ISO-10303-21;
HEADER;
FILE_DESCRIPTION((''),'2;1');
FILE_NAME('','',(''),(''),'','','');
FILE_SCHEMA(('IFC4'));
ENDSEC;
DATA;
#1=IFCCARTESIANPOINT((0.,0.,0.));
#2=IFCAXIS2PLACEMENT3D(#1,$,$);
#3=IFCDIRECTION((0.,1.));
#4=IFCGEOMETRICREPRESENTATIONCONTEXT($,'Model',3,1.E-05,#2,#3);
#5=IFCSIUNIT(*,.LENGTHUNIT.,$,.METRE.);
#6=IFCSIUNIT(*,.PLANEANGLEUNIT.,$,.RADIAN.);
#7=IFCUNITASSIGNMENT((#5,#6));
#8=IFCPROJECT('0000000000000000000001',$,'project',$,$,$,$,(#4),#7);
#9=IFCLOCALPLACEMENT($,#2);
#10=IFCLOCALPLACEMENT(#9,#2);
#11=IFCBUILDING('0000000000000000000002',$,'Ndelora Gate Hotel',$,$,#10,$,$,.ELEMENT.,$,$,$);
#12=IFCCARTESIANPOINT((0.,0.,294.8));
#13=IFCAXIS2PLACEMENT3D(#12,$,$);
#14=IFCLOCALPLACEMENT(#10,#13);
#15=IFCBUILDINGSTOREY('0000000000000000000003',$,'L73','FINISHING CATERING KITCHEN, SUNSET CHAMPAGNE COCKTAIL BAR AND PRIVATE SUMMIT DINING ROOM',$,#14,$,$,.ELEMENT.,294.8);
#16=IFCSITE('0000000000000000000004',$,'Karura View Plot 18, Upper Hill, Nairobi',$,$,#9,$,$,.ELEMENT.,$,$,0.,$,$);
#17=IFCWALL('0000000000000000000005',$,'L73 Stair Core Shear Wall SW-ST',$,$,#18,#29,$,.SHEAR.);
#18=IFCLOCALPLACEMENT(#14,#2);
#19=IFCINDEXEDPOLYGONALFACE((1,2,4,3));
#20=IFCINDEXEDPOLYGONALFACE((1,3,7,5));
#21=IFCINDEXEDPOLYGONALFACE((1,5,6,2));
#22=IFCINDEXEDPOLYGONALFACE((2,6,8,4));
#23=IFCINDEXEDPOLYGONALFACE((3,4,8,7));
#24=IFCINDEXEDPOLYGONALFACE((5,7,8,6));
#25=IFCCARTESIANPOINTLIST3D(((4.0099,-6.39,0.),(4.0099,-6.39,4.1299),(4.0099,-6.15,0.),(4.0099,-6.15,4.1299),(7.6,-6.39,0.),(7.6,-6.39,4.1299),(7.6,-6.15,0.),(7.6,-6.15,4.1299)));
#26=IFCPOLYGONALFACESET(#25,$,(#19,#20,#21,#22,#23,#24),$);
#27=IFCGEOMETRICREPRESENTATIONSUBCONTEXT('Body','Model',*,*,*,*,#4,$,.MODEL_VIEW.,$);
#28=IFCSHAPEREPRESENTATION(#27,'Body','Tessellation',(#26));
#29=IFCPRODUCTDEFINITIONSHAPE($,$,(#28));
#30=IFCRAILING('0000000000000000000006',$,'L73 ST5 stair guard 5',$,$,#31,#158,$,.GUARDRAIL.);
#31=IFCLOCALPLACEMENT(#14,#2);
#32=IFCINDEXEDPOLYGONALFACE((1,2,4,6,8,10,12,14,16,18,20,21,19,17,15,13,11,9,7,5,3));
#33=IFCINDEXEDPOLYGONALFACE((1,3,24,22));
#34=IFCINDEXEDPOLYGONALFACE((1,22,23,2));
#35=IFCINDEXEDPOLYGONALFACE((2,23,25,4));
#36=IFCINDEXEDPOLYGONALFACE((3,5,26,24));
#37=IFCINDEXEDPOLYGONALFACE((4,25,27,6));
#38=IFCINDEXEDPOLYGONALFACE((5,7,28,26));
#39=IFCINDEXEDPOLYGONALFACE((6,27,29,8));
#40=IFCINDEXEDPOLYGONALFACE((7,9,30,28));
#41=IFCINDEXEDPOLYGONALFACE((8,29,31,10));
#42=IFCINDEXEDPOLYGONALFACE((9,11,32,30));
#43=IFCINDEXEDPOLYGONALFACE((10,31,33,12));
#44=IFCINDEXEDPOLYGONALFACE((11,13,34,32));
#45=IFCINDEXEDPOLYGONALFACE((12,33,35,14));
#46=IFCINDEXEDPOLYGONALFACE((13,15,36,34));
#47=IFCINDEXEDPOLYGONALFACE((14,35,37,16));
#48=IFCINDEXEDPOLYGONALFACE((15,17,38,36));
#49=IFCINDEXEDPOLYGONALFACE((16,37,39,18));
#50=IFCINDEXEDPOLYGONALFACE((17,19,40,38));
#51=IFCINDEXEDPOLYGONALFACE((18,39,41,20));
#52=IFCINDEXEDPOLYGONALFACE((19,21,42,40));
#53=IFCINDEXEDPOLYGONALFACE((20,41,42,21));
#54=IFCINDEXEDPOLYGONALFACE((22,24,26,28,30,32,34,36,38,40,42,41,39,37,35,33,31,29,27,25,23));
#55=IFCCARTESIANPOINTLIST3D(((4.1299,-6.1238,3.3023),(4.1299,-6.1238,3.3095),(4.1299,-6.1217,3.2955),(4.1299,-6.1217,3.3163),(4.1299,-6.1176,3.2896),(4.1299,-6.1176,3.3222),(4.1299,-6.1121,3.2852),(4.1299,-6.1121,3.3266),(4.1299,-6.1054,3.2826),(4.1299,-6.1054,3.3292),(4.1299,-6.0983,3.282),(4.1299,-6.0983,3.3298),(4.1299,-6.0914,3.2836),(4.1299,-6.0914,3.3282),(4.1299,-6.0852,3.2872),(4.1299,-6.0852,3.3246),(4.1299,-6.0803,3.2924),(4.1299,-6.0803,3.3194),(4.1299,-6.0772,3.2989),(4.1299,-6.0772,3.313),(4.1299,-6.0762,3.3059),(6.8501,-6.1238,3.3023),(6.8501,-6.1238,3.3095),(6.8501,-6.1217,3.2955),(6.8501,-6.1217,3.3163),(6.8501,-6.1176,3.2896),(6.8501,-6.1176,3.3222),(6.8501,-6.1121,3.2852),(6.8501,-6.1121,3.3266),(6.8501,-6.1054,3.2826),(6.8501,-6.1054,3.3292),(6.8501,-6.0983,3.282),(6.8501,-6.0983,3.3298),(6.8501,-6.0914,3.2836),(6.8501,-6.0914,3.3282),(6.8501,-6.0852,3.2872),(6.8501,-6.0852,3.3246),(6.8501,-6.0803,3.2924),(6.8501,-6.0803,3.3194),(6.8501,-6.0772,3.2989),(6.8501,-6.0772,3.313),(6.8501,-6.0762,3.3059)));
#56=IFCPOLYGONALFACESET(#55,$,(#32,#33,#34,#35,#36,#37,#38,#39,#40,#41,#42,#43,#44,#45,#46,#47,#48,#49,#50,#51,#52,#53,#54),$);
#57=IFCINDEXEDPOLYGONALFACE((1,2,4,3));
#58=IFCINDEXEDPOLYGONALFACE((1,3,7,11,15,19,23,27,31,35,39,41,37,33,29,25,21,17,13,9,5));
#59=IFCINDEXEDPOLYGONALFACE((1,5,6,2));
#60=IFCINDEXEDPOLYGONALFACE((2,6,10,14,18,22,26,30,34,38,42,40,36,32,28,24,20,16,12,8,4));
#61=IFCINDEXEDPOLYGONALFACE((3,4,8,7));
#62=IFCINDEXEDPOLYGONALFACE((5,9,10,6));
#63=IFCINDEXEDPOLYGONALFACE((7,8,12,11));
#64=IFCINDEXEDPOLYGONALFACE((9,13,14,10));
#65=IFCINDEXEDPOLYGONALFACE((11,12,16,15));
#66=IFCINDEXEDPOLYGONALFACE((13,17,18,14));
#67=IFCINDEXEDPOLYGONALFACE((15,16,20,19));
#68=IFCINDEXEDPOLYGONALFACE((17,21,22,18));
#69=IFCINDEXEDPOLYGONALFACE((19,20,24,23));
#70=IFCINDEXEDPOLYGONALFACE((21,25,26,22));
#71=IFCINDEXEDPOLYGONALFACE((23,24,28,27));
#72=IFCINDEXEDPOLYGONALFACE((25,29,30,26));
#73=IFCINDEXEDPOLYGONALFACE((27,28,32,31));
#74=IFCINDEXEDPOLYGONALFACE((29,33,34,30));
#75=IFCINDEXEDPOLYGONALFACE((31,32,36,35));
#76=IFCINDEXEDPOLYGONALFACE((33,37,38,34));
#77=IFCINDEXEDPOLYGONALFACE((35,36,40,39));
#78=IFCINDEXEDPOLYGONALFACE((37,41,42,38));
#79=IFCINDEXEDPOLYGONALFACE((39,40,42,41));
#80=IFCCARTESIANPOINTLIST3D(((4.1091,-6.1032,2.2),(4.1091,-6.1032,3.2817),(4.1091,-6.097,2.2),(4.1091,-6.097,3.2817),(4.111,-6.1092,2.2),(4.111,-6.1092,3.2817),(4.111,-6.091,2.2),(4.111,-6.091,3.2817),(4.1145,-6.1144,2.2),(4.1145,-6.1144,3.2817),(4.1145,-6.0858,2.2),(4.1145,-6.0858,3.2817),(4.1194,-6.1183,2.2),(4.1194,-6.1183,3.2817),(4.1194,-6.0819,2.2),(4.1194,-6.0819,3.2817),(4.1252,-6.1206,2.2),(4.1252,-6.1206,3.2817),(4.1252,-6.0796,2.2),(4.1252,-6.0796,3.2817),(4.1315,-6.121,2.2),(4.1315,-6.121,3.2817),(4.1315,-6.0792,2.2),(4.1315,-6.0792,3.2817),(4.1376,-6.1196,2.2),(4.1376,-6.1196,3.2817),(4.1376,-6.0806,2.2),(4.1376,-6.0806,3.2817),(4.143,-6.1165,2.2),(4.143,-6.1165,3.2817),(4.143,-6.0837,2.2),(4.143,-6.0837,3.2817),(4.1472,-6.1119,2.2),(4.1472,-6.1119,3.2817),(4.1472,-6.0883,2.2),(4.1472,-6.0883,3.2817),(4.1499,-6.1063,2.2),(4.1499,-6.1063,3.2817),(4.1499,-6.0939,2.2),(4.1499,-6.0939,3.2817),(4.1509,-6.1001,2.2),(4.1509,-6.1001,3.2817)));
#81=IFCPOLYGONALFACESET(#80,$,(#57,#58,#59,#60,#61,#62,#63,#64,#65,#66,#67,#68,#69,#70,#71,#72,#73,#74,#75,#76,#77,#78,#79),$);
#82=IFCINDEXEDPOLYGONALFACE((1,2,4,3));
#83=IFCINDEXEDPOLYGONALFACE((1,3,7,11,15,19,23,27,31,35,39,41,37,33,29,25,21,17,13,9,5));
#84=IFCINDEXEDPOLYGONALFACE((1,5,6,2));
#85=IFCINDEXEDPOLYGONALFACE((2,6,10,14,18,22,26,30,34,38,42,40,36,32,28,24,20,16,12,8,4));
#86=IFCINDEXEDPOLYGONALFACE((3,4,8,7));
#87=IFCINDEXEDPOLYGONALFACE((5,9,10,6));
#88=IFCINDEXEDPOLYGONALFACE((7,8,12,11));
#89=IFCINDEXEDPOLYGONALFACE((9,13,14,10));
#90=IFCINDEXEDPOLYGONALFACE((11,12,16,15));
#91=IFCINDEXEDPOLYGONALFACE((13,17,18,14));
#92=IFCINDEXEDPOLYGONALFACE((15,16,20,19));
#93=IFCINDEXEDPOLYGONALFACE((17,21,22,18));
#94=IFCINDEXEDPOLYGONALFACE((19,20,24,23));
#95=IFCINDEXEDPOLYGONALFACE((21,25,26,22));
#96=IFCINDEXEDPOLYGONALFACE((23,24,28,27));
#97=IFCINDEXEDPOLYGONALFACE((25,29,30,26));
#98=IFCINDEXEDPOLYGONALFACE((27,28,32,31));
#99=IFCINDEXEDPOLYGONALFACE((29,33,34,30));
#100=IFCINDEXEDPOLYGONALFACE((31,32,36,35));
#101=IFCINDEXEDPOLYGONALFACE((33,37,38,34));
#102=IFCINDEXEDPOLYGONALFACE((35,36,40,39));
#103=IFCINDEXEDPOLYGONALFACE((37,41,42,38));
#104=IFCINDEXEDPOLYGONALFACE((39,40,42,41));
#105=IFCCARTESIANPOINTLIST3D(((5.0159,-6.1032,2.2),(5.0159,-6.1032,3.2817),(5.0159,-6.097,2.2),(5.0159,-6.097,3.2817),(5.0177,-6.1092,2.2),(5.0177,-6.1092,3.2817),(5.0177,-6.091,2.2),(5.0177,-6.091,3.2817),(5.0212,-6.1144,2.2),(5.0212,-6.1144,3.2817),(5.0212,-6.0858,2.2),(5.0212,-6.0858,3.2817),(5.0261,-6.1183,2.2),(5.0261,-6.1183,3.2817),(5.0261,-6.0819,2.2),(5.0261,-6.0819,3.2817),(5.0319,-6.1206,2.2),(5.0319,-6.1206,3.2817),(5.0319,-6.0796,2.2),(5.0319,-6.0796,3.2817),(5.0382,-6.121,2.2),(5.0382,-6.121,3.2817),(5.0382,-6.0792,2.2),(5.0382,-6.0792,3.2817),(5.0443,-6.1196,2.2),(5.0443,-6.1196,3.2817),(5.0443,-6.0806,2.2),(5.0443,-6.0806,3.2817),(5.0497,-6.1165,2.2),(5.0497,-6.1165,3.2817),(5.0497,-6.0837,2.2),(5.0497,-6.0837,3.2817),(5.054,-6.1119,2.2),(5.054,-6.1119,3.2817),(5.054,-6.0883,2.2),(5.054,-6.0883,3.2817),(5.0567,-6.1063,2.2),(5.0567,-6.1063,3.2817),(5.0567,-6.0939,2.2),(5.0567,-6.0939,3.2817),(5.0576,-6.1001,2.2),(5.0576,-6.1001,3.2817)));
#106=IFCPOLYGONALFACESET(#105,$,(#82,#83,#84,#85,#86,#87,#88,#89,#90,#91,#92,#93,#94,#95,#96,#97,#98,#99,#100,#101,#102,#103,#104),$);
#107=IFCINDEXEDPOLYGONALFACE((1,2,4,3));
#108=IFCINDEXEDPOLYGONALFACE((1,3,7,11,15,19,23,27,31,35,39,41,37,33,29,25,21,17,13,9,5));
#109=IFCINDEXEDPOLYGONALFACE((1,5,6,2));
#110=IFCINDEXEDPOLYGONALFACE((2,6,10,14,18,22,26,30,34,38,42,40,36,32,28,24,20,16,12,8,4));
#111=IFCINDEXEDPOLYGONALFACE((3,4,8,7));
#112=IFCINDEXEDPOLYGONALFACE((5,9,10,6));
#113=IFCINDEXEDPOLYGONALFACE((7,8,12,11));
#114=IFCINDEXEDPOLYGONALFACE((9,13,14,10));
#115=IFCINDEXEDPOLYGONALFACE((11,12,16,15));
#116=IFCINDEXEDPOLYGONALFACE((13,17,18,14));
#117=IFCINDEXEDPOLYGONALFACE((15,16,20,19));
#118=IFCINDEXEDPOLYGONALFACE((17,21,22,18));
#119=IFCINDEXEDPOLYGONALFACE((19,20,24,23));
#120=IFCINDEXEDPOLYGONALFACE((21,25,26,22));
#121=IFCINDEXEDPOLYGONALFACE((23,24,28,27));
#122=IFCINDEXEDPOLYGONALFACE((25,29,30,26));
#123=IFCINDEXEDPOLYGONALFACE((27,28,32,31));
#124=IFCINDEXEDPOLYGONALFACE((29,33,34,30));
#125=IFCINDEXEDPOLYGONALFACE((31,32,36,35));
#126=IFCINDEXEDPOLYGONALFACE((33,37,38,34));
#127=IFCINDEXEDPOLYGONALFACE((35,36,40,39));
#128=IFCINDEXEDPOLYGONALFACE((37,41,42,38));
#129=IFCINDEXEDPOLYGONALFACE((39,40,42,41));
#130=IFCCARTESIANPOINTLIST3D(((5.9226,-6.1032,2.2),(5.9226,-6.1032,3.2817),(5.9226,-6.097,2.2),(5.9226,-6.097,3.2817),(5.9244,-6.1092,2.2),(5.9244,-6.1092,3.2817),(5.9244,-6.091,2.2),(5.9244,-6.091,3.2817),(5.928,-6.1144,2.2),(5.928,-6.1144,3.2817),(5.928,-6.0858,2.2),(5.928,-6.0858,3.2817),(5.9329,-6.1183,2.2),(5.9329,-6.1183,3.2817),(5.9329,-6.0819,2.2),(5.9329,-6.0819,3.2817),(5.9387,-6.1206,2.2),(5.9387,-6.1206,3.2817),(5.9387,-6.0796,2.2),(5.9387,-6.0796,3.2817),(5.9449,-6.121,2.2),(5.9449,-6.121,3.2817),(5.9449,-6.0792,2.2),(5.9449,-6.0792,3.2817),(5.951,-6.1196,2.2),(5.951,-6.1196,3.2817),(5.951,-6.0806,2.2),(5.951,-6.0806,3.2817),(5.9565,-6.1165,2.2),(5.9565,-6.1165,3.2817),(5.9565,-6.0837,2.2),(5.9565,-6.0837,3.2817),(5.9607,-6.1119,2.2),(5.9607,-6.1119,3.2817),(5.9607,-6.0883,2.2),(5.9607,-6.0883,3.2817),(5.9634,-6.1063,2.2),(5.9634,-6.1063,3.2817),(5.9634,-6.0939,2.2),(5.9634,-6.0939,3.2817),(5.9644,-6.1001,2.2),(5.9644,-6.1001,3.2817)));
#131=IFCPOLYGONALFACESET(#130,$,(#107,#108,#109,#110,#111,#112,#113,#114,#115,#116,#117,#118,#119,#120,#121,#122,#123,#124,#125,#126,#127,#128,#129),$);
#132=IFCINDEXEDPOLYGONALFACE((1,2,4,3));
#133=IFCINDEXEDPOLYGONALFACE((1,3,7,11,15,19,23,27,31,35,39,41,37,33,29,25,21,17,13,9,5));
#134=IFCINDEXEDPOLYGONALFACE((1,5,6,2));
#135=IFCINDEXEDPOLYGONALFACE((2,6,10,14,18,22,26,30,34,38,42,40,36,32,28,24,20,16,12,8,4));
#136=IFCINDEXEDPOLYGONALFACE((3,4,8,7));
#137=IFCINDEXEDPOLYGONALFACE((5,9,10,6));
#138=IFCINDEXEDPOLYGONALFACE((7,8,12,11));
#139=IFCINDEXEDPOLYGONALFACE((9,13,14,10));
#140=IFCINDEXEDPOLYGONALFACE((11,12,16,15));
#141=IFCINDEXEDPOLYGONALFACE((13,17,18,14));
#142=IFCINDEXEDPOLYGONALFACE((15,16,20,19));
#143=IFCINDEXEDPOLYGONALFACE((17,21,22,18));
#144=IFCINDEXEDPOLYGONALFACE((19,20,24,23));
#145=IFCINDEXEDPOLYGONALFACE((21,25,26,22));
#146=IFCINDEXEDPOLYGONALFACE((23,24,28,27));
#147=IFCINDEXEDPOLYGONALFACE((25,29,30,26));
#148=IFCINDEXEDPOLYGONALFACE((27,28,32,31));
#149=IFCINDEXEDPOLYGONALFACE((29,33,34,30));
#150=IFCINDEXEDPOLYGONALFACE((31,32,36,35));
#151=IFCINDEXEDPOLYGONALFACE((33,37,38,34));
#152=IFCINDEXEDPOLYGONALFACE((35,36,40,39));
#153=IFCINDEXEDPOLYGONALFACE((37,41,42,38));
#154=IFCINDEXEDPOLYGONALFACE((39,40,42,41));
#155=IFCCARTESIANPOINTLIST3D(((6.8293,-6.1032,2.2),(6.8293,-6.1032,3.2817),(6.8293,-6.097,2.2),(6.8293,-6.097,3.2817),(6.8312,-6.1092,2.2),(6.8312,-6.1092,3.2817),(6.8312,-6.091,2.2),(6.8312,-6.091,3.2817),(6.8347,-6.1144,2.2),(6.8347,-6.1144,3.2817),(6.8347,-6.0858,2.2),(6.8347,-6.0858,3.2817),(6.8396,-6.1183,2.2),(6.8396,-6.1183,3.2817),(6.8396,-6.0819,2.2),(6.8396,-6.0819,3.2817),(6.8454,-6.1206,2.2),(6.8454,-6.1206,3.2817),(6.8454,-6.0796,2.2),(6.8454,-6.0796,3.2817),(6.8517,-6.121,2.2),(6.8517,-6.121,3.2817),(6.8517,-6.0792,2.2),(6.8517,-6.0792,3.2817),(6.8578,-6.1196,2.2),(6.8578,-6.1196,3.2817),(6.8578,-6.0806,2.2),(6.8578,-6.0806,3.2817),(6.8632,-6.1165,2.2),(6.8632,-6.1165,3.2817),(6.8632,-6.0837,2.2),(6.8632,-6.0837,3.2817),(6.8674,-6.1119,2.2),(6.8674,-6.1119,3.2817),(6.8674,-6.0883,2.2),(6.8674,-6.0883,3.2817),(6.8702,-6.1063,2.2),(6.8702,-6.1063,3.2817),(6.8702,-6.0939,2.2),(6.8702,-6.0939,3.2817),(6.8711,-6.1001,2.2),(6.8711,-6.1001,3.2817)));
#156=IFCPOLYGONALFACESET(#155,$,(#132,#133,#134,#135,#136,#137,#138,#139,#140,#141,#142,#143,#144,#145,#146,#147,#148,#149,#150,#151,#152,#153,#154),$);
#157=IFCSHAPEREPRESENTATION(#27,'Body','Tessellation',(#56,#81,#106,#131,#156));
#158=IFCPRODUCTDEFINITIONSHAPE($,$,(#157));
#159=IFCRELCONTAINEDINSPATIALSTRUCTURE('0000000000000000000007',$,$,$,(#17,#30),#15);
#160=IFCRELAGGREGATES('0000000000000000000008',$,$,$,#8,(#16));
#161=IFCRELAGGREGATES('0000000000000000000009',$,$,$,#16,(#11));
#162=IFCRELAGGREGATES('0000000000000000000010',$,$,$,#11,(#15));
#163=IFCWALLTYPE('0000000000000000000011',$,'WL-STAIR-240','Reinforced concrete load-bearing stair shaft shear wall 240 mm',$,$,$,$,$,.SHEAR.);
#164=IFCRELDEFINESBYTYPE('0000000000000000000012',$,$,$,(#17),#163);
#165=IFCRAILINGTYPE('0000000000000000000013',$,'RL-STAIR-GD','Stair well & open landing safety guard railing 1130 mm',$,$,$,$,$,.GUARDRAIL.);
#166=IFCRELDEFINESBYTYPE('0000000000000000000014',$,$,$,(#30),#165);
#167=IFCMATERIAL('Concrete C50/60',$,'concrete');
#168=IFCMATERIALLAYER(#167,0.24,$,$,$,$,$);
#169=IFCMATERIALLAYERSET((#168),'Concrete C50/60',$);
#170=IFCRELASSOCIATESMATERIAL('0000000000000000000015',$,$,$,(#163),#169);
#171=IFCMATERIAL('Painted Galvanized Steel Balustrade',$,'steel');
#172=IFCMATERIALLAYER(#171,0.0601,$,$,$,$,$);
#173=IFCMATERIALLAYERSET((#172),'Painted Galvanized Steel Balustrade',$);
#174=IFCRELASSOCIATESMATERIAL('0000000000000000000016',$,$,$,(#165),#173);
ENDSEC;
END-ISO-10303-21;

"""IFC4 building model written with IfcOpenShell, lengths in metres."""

from ifc_helpers import new_model, si_unit, direction, frame, frame_2d, origin, origin_2d, place, context, subcontext, project, spatial, rectangle, circle, extrude, material, layer, layer_set, type_object, element, save


model = new_model("IFC4")

# Units and contexts
model_context = context("Model", 3, precision=1e-05, world=origin(), true_north=direction((0.0, 1.0)))
body_context = subcontext(model_context, "Body", "Model", "MODEL_VIEW")
ifc_project = project(units=[si_unit("LENGTHUNIT", "METRE"), si_unit("PLANEANGLEUNIT", "RADIAN")], contexts=[model_context])

# Site, building, storey
site_placement = place(None, origin())
site = spatial("IfcSite", under=ifc_project, at=site_placement, Name="Karura View Plot 18, Upper Hill, Nairobi", CompositionType="ELEMENT", RefElevation=0.0)
building_placement = place(site_placement, origin())
building = spatial("IfcBuilding", under=site, at=building_placement, Name="Ndelora Gate Hotel", CompositionType="ELEMENT")
storey_placement = place(building_placement, frame((0.0, 0.0, 294.8)))
storey = spatial("IfcBuildingStorey", under=building, at=storey_placement, Name="L73", Description="FINISHING CATERING KITCHEN, SUNSET CHAMPAGNE COCKTAIL BAR AND PRIVATE SUMMIT DINING ROOM", CompositionType="ELEMENT", Elevation=294.8)

# Shared definitions
ifc_material_1 = material(Name="Concrete C50/60", Category="concrete")

# Wall
ifc_layer_1 = layer(ifc_material_1, 0.24)
ifc_layer_set_1 = layer_set([ifc_layer_1], Name="Concrete C50/60")
wall_type_1 = type_object("IfcWallType", Name="WL-STAIR-240", Description="Reinforced concrete load-bearing stair shaft shear wall 240 mm", PredefinedType="SHEAR", material=ifc_layer_set_1)
wall_1_placement = place(storey_placement, frame((4.01, -6.27, 0.0), z_axis=(0.0, 0.0, 1.0), x_axis=(1.0, 0.0, 0.0)))
element("IfcWall", 1, at=wall_1_placement, inside=storey, type_object=wall_type_1, Name="L73 Stair Core Shear Wall SW-ST", PredefinedType="SHEAR", context=body_context, shape_type="SweptSolid", body=[
    extrude(rectangle(XDim=3.5901, YDim=0.24, at=frame_2d((1.7949, 0.0))), origin(), (0.0, 0.0, 1.0), 4.1299),
])

# Railing
ifc_material_2 = material(Name="Painted Galvanized Steel Balustrade", Category="steel")
ifc_layer_2 = layer(ifc_material_2, 0.0601)
ifc_layer_set_2 = layer_set([ifc_layer_2], Name="Painted Galvanized Steel Balustrade")
railing_type = type_object("IfcRailingType", Name="RL-STAIR-GD", Description="Stair well & open landing safety guard railing 1130 mm", PredefinedType="GUARDRAIL", material=ifc_layer_set_2)
railing_1_placement = place(storey_placement, frame((4.1299, -6.1001, 2.2)))
element("IfcRailing", 2, at=railing_1_placement, inside=storey, type_object=railing_type, Name="L73 ST5 stair guard 5", PredefinedType="GUARDRAIL", context=body_context, shape_type="SweptSolid", body=[
    extrude(circle(Radius=0.0239, at=origin_2d()), frame((0.0, 0.0, 1.106), z_axis=(1.0, 0.0, 0.0), x_axis=(0.0, 1.0, 0.0)), (0.0, 0.0, 1.0), 2.7202),
    extrude(circle(Radius=0.021, at=origin_2d()), origin(), (0.0, 0.0, 1.0), 1.0818),
    extrude(circle(Radius=0.021, at=origin_2d()), frame((0.9067, 0.0, 0.0)), (0.0, 0.0, 1.0), 1.0818),
    extrude(circle(Radius=0.021, at=origin_2d()), frame((1.8135, 0.0, 0.0)), (0.0, 0.0, 1.0), 1.0818),
    extrude(circle(Radius=0.021, at=origin_2d()), frame((2.7202, 0.0, 0.0)), (0.0, 0.0, 1.0), 1.0818),
])

save(model, "model.ifc")
